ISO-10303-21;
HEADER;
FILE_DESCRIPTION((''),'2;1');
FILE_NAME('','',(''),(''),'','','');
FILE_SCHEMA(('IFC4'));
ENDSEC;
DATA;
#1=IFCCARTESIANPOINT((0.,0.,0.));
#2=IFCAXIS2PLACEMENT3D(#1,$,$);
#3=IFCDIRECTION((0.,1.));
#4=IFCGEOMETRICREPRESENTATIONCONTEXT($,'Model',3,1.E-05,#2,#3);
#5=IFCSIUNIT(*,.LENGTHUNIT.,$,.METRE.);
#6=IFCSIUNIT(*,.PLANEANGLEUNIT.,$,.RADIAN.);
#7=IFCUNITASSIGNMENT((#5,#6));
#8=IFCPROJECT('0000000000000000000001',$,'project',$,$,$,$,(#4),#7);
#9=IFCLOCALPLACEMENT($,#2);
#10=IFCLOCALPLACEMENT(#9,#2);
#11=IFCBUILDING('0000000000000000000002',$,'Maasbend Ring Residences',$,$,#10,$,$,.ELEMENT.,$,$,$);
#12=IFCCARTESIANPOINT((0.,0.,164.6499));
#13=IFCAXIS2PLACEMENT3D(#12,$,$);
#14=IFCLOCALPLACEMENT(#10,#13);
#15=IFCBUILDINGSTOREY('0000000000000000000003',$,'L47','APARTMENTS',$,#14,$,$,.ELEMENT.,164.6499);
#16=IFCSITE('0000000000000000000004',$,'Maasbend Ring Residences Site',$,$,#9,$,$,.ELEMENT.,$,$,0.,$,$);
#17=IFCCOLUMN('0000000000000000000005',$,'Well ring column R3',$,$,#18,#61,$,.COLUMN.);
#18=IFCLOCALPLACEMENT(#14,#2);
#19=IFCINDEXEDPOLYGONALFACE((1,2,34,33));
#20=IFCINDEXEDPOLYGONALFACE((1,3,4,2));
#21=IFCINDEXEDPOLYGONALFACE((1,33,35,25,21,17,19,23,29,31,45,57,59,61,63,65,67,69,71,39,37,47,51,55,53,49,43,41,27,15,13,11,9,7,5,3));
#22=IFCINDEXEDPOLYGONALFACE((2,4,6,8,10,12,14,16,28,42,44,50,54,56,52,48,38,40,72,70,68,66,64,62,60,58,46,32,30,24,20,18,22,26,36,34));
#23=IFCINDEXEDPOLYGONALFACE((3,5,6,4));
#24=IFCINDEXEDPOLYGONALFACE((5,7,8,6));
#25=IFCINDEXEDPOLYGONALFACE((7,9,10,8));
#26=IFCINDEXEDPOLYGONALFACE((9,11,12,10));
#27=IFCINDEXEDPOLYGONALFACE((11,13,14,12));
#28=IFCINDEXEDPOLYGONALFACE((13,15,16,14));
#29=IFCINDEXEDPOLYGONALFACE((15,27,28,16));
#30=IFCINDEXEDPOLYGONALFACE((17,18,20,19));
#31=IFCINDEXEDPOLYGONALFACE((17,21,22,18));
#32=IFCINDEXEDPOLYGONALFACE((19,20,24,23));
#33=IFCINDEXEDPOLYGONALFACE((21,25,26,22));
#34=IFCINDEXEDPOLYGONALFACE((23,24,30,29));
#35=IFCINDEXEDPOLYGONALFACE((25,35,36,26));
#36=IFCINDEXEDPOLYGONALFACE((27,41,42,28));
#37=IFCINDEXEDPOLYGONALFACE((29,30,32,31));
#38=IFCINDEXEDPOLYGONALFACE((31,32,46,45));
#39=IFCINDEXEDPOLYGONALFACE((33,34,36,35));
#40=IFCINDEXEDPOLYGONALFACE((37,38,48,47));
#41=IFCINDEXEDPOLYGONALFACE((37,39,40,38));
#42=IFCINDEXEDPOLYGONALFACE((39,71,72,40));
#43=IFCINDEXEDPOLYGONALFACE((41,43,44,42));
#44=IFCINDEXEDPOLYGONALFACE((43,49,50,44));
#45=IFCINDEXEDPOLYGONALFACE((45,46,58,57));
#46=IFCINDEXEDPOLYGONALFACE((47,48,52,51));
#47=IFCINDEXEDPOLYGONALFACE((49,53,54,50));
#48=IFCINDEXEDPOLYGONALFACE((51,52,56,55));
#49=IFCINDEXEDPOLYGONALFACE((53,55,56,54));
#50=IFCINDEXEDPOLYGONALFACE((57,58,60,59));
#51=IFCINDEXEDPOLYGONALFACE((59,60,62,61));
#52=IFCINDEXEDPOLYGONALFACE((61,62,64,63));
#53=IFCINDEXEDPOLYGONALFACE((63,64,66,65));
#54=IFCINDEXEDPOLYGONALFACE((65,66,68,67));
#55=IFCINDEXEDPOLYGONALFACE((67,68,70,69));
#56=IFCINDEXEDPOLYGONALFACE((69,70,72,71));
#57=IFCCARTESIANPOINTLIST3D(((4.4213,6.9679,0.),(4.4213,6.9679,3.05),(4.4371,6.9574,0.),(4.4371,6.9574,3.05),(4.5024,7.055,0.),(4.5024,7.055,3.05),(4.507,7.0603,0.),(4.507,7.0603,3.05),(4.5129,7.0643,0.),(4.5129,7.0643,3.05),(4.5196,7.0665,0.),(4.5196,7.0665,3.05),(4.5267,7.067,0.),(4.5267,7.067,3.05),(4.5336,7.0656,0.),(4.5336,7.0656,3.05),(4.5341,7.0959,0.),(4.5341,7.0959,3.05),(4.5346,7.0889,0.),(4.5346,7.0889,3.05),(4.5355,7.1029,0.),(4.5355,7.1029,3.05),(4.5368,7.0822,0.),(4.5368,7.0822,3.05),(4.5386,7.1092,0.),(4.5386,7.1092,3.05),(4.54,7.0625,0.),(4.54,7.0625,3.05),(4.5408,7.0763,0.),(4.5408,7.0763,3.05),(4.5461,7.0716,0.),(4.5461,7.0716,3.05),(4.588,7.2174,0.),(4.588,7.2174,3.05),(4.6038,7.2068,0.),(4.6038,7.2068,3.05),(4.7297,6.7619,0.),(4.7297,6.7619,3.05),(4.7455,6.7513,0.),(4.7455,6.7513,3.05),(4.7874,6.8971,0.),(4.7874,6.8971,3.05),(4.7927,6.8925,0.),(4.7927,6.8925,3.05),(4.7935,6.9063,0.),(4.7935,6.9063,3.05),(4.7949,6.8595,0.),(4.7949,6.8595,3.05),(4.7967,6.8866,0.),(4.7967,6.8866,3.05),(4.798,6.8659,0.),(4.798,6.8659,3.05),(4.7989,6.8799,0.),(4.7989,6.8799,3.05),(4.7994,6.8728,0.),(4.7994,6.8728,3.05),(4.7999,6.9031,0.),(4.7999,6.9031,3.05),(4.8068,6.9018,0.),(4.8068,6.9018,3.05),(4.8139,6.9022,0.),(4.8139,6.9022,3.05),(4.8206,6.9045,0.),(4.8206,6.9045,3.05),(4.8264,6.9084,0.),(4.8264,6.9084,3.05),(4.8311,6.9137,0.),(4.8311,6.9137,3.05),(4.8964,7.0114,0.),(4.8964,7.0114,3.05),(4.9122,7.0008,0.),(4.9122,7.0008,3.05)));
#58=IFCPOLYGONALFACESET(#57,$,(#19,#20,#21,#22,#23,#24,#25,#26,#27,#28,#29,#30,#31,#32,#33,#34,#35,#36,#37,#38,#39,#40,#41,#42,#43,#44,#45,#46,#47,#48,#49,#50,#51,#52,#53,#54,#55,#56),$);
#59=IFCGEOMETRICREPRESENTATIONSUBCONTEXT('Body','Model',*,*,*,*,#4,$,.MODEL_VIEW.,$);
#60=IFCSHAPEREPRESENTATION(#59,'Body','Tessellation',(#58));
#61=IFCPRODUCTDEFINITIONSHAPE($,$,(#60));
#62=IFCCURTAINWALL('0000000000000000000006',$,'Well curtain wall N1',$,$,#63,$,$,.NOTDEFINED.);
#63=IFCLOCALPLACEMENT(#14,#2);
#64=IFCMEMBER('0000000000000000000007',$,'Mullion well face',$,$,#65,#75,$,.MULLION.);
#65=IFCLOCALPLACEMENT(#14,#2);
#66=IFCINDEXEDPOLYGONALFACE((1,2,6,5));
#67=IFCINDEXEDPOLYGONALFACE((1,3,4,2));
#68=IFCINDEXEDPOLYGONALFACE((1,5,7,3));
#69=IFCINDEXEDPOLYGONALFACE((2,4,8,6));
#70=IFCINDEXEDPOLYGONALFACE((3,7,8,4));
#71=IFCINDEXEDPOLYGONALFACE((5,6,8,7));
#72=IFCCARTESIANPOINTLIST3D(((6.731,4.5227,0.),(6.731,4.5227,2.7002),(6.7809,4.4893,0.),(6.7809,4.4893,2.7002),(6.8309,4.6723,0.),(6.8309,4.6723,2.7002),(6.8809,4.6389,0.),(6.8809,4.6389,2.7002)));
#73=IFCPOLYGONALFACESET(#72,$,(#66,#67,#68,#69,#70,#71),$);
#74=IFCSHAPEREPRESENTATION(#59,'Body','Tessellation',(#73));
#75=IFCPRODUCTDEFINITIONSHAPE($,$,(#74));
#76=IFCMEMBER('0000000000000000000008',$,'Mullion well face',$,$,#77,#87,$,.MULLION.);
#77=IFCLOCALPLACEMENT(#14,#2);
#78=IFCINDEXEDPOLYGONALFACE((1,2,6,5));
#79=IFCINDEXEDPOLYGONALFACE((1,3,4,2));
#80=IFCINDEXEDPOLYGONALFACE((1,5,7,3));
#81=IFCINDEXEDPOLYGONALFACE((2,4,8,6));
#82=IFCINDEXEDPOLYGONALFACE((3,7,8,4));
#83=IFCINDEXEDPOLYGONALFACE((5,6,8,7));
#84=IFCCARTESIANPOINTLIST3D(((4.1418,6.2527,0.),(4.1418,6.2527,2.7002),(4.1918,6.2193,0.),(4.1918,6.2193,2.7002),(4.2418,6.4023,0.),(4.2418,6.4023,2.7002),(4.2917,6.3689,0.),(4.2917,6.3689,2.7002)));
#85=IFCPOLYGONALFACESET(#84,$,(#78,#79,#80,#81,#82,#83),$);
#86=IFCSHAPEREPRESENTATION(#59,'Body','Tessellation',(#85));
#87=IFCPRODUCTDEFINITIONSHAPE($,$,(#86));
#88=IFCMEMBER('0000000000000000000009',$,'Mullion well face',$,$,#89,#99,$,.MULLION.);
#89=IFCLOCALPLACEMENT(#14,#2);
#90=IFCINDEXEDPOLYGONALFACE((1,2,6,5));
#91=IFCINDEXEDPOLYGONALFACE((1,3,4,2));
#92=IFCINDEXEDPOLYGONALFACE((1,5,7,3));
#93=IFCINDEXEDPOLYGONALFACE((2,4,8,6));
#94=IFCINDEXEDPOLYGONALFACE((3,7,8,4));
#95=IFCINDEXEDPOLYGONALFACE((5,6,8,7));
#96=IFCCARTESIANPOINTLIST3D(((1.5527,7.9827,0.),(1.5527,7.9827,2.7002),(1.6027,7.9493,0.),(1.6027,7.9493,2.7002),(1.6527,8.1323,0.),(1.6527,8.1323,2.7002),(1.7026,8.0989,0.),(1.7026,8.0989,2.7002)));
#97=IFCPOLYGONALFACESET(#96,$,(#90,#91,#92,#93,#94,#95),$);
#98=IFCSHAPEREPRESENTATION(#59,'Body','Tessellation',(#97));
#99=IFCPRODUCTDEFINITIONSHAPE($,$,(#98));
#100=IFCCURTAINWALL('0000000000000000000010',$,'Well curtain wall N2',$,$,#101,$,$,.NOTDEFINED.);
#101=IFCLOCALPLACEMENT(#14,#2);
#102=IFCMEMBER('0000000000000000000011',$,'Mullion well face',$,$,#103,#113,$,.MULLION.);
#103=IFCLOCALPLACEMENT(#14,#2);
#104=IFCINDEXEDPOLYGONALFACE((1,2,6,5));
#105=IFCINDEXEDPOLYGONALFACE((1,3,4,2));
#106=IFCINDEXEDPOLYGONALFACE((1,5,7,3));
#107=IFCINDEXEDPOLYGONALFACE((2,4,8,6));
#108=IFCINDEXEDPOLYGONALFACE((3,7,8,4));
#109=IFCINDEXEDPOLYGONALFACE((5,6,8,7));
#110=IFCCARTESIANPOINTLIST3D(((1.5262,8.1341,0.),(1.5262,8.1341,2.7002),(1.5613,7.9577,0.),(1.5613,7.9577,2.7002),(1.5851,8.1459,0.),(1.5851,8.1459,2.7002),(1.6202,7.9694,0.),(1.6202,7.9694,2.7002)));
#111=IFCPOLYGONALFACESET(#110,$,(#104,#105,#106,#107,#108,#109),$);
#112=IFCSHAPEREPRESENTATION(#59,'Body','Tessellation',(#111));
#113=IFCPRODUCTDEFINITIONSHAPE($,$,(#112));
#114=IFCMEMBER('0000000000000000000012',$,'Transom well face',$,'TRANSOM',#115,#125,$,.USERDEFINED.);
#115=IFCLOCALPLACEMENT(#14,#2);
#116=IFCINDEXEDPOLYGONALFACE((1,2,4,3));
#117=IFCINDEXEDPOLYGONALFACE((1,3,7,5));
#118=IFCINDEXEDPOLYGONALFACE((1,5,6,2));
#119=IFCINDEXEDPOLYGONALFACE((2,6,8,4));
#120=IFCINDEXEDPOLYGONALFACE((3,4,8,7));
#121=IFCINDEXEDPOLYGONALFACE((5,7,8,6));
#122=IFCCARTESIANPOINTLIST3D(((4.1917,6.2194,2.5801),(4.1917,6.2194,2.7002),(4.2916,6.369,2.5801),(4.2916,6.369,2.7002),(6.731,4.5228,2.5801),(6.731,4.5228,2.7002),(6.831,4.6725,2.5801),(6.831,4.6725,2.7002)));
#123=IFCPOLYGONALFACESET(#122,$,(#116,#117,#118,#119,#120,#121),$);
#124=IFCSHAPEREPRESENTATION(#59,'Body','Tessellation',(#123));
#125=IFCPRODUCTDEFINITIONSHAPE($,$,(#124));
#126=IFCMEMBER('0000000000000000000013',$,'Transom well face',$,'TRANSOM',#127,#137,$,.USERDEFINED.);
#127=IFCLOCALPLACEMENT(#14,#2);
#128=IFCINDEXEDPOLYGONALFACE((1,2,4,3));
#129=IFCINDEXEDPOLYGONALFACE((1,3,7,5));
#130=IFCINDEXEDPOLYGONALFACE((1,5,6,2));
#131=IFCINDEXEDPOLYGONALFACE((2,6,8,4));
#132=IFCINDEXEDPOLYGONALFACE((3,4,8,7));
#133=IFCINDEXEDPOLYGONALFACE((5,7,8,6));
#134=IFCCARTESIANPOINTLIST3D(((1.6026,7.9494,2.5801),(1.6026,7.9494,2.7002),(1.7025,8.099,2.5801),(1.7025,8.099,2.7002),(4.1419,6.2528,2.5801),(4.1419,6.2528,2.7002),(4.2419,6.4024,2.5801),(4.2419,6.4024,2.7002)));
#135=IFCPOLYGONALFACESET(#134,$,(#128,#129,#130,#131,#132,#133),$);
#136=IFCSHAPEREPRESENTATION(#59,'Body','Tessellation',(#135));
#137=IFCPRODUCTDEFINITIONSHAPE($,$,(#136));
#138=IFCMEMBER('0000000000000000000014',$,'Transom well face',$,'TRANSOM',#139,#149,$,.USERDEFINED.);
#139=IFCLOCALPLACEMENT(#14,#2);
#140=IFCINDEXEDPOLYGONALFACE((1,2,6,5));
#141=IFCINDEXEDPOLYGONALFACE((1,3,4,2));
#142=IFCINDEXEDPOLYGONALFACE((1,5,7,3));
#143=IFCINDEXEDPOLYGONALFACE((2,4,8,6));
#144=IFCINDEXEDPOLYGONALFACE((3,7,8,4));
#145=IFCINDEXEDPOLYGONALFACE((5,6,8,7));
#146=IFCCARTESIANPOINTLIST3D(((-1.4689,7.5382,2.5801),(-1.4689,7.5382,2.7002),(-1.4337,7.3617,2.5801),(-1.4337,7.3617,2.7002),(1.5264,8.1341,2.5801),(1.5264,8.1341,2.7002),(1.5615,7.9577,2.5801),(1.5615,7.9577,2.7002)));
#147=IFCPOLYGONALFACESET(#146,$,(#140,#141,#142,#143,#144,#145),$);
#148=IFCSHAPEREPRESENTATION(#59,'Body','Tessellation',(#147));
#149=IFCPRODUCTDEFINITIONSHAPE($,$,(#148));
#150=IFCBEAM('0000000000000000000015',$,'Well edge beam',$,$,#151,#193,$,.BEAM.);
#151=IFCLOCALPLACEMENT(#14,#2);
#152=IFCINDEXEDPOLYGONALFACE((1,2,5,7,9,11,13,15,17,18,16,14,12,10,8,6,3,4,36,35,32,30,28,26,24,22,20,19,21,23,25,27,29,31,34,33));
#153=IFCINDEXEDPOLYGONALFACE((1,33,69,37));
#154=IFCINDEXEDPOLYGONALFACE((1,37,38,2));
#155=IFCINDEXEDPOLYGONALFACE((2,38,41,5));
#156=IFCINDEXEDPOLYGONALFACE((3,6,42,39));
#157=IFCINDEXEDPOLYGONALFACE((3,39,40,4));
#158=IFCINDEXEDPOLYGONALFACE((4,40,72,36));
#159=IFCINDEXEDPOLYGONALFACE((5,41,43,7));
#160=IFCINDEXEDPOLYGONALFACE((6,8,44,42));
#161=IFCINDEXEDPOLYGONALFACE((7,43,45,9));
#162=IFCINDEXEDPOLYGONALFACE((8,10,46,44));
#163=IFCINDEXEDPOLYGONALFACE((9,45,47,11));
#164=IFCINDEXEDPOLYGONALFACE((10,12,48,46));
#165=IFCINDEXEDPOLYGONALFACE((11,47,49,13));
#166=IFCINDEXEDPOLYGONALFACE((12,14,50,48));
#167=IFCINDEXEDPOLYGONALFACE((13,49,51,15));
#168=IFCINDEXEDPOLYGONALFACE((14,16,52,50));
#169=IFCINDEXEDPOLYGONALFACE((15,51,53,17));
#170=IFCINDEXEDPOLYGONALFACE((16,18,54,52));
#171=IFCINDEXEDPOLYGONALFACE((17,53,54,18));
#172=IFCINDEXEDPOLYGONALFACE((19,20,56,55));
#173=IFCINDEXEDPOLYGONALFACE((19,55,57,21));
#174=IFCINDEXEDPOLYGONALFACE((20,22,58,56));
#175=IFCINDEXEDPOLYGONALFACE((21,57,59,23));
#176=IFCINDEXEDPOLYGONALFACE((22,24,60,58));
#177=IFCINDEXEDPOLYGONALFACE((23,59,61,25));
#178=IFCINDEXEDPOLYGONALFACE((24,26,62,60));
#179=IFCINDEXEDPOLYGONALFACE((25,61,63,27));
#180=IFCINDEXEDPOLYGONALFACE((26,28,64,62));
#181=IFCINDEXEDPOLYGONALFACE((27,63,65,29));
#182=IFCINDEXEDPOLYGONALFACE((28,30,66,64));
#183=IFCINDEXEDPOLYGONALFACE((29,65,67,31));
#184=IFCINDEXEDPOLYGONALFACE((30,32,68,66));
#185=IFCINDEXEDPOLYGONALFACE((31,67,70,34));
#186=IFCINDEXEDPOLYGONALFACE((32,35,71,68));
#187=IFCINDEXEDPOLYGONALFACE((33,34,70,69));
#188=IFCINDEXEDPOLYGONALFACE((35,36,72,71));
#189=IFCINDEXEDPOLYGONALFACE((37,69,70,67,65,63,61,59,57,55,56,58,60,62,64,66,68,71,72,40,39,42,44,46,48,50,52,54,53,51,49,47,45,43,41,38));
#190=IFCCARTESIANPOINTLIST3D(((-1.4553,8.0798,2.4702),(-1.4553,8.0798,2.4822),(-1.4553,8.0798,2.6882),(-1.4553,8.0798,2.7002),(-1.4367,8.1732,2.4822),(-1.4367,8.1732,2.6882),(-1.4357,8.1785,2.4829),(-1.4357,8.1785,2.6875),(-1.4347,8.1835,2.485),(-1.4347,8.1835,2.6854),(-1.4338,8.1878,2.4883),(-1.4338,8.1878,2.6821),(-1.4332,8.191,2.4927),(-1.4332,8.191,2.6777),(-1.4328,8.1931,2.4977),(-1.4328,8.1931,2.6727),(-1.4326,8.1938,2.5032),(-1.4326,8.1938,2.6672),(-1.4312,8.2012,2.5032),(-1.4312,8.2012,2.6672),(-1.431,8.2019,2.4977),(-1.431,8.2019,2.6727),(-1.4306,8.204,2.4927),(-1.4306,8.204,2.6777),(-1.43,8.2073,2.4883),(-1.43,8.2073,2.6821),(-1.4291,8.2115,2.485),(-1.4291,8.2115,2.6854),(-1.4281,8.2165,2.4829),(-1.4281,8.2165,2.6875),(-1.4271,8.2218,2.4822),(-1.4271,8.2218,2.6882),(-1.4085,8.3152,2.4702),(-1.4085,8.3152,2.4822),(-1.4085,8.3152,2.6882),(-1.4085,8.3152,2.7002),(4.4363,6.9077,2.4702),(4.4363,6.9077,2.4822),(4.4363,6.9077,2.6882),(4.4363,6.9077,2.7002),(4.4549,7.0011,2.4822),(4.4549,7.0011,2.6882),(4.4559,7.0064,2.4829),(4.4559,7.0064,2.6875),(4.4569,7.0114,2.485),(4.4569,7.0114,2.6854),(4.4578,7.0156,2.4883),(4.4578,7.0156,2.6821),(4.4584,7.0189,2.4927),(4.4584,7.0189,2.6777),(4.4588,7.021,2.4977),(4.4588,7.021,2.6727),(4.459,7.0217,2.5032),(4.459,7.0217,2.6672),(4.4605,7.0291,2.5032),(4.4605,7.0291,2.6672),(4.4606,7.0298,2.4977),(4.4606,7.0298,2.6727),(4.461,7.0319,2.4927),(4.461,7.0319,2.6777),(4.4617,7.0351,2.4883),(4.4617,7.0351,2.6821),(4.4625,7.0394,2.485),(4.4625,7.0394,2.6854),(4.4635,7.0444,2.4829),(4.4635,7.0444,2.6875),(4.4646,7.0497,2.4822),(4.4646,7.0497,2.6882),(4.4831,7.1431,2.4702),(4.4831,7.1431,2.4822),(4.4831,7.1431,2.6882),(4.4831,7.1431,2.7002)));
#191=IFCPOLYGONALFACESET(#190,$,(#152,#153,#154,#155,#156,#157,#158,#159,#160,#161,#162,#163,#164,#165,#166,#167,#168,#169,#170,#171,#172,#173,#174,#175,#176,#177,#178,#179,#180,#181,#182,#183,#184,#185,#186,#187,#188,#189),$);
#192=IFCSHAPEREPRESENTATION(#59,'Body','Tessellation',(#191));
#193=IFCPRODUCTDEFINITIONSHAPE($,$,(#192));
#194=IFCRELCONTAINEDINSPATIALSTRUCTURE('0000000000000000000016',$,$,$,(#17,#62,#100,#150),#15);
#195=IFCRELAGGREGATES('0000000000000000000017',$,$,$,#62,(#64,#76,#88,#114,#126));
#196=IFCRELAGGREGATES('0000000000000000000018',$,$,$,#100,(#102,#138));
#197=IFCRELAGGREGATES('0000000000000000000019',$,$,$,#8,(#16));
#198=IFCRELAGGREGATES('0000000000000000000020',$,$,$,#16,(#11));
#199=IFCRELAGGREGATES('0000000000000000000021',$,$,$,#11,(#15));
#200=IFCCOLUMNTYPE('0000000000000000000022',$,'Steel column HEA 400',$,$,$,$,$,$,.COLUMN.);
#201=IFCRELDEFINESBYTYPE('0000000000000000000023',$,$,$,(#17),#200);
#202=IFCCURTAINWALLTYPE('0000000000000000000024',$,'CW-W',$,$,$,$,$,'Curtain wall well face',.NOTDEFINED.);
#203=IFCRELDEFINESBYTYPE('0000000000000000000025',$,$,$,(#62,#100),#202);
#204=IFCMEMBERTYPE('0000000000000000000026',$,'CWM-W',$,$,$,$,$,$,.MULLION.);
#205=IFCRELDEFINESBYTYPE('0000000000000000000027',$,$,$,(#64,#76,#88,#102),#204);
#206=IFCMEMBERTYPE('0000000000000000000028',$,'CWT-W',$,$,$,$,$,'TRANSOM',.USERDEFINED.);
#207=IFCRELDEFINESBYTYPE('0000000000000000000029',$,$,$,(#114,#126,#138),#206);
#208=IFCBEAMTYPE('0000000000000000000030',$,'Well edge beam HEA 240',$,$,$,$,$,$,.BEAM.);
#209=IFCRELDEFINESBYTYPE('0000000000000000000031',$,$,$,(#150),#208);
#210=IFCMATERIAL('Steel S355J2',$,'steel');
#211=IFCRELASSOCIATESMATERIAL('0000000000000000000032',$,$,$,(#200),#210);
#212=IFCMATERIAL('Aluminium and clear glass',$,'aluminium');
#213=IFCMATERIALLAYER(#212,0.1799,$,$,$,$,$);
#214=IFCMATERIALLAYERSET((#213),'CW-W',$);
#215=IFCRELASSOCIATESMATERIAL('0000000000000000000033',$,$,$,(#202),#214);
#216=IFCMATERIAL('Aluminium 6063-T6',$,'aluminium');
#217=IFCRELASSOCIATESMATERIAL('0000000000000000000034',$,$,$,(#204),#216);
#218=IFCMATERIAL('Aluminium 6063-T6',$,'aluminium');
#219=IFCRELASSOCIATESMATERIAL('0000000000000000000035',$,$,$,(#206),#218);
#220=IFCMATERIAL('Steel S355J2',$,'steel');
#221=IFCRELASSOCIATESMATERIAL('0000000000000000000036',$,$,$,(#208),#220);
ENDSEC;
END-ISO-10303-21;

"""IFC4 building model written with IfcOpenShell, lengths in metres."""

from ifc_helpers import new_model, si_unit, direction, frame, origin, origin_2d, place, context, subcontext, project, spatial, rectangle, i_section, extrude, material, layer, layer_set, material_profile, profile_set, type_object, element, aggregate, save


model = new_model("IFC4")

# Units and contexts
model_context = context("Model", 3, precision=1e-05, world=origin(), true_north=direction((0.0, 1.0)))
body_context = subcontext(model_context, "Body", "Model", "MODEL_VIEW")
ifc_project = project(units=[si_unit("LENGTHUNIT", "METRE"), si_unit("PLANEANGLEUNIT", "RADIAN")], contexts=[model_context])

# Site, building, storey
site_placement = place(None, origin())
site = spatial("IfcSite", under=ifc_project, at=site_placement, Name="Maasbend Ring Residences Site", CompositionType="ELEMENT", RefElevation=0.0)
building_placement = place(site_placement, origin())
building = spatial("IfcBuilding", under=site, at=building_placement, Name="Maasbend Ring Residences", CompositionType="ELEMENT")
storey_placement = place(building_placement, frame((0.0, 0.0, 164.6499)))
storey = spatial("IfcBuildingStorey", under=building, at=storey_placement, Name="L47", Description="APARTMENTS", CompositionType="ELEMENT", Elevation=164.6499)

# Column
ifc_material_1 = material(Name="Steel S355J2", Category="steel")
ifc_material_profile_1 = material_profile(ifc_material_1, i_section(OverallWidth=0.3, OverallDepth=0.3899, WebThickness=0.011, FlangeThickness=0.019, FilletRadius=0.0271, at=origin_2d()), Name="HEA 400")
ifc_profile_set_1 = profile_set([ifc_material_profile_1], Name="Steel S355J2")
column_type = type_object("IfcColumnType", Name="Steel column HEA 400", PredefinedType="COLUMN", material=ifc_profile_set_1)
column_placement = place(storey_placement, frame((4.6667, 6.9844, 0.0), z_axis=(0.0, 0.0, 1.0), x_axis=(0.55557, 0.83147, 0.0)))
element("IfcColumn", 1, at=column_placement, inside=storey, type_object=column_type, Name="Well ring column R3", PredefinedType="COLUMN", context=body_context, shape_type="SweptSolid", body=[
    extrude(i_section(OverallWidth=0.3, OverallDepth=0.3899, WebThickness=0.011, FlangeThickness=0.019, FilletRadius=0.0271, at=origin_2d()), origin(), (0.0, 0.0, 1.0), 3.05),
])

# Curtain wall, members
ifc_material_2 = material(Name="Aluminium and clear glass", Category="aluminium")
ifc_layer_1 = layer(ifc_material_2, 0.1799)
ifc_layer_set_1 = layer_set([ifc_layer_1], Name="CW-W")
curtain_wall_type = type_object("IfcCurtainWallType", Name="CW-W", ElementType="Curtain wall well face", PredefinedType="NOTDEFINED", material=ifc_layer_set_1)
curtain_wall_1_placement = place(storey_placement, origin())
curtain_wall_1 = element("IfcCurtainWall", 2, at=curtain_wall_1_placement, inside=storey, type_object=curtain_wall_type, Name="Well curtain wall N1", PredefinedType="NOTDEFINED")
ifc_material_3 = material(Name="Aluminium 6063-T6", Category="aluminium")
ifc_material_profile_2 = material_profile(ifc_material_3, rectangle(XDim=0.1799, YDim=0.0601, at=origin_2d()), Name="AL 180x60")
ifc_profile_set_2 = profile_set([ifc_material_profile_2], Name="Aluminium 6063-T6")
member_type_1 = type_object("IfcMemberType", Name="CWM-W", PredefinedType="MULLION", material=ifc_profile_set_2)
member_1_placement = place(storey_placement, frame((6.8059, 4.5808, 0.0), z_axis=(0.0, 0.0, 1.0), x_axis=(-0.55557, -0.83147, 0.0)))
member_1 = element("IfcMember", 3, at=member_1_placement, type_object=member_type_1, Name="Mullion well face", PredefinedType="MULLION", context=body_context, shape_type="SweptSolid", body=[
    extrude(rectangle(XDim=0.1799, YDim=0.0601, at=origin_2d()), origin(), (0.0, 0.0, 1.0), 2.7002),
])
member_2_placement = place(storey_placement, frame((4.2168, 6.3108, 0.0), z_axis=(0.0, 0.0, 1.0), x_axis=(-0.55557, -0.83147, 0.0)))
member_2 = element("IfcMember", 4, at=member_2_placement, type_object=member_type_1, Name="Mullion well face", PredefinedType="MULLION", context=body_context, shape_type="SweptSolid", body=[
    extrude(rectangle(XDim=0.1799, YDim=0.0601, at=origin_2d()), origin(), (0.0, 0.0, 1.0), 2.7002),
])
member_3_placement = place(storey_placement, frame((1.6277, 8.0408, 0.0), z_axis=(0.0, 0.0, 1.0), x_axis=(-0.55557, -0.83147, 0.0)))
member_3 = element("IfcMember", 5, at=member_3_placement, type_object=member_type_1, Name="Mullion well face", PredefinedType="MULLION", context=body_context, shape_type="SweptSolid", body=[
    extrude(rectangle(XDim=0.1799, YDim=0.0601, at=origin_2d()), origin(), (0.0, 0.0, 1.0), 2.7002),
])

# Curtain wall, member
curtain_wall_2_placement = place(storey_placement, origin())
curtain_wall_2 = element("IfcCurtainWall", 6, at=curtain_wall_2_placement, inside=storey, type_object=curtain_wall_type, Name="Well curtain wall N2", PredefinedType="NOTDEFINED")
member_4_placement = place(storey_placement, frame((1.5732, 8.0518, 0.0), z_axis=(0.0, 0.0, 1.0), x_axis=(0.19509, -0.980785, 0.0)))
member_4 = element("IfcMember", 7, at=member_4_placement, type_object=member_type_1, Name="Mullion well face", PredefinedType="MULLION", context=body_context, shape_type="SweptSolid", body=[
    extrude(rectangle(XDim=0.1799, YDim=0.0601, at=origin_2d()), origin(), (0.0, 0.0, 1.0), 2.7002),
])

# Members
ifc_material_4 = material(Name="Aluminium 6063-T6", Category="aluminium")
ifc_material_profile_3 = material_profile(ifc_material_4, rectangle(XDim=0.1799, YDim=0.1201, at=origin_2d()), Name="AL 180x120")
ifc_profile_set_3 = profile_set([ifc_material_profile_3], Name="Aluminium 6063-T6")
member_type_2 = type_object("IfcMemberType", Name="CWT-W", ElementType="TRANSOM", PredefinedType="USERDEFINED", material=ifc_profile_set_3)
member_5_placement = place(storey_placement, frame((6.781, 4.5977, 2.6401), z_axis=(-0.831496, 0.55553, 0.0), x_axis=(-0.55553, -0.831496, 0.0)))
member_5 = element("IfcMember", 8, at=member_5_placement, type_object=member_type_2, Name="Transom well face", ObjectType="TRANSOM", PredefinedType="USERDEFINED", context=body_context, shape_type="SweptSolid", body=[
    extrude(rectangle(XDim=0.1799, YDim=0.1201, at=origin_2d()), origin(), (0.0, 0.0, 1.0), 3.054),
])
member_6_placement = place(storey_placement, frame((4.1919, 6.3276, 2.6401), z_axis=(-0.831496, 0.55553, 0.0), x_axis=(-0.55553, -0.831496, 0.0)))
member_6 = element("IfcMember", 9, at=member_6_placement, type_object=member_type_2, Name="Transom well face", ObjectType="TRANSOM", PredefinedType="USERDEFINED", context=body_context, shape_type="SweptSolid", body=[
    extrude(rectangle(XDim=0.1799, YDim=0.1201, at=origin_2d()), origin(), (0.0, 0.0, 1.0), 3.054),
])
member_7_placement = place(storey_placement, frame((1.5439, 8.0459, 2.6401), z_axis=(-0.980777, -0.195132, 0.0), x_axis=(0.195132, -0.980777, 0.0)))
member_7 = element("IfcMember", 10, at=member_7_placement, type_object=member_type_2, Name="Transom well face", ObjectType="TRANSOM", PredefinedType="USERDEFINED", context=body_context, shape_type="SweptSolid", body=[
    extrude(rectangle(XDim=0.1799, YDim=0.1201, at=origin_2d()), origin(), (0.0, 0.0, 1.0), 3.054),
])

# Beam
ifc_material_5 = material(Name="Steel S355J2", Category="steel")
ifc_material_profile_4 = material_profile(ifc_material_5, i_section(OverallWidth=0.24, OverallDepth=0.23, WebThickness=0.0076, FlangeThickness=0.012, FilletRadius=0.021, at=origin_2d()), Name="HEA 240")
ifc_profile_set_4 = profile_set([ifc_material_profile_4], Name="Steel S355J2")
beam_type = type_object("IfcBeamType", Name="Well edge beam HEA 240", PredefinedType="BEAM", material=ifc_profile_set_4)
beam_placement = place(storey_placement, frame((4.4597, 7.0254, 2.5852), z_axis=(-0.980779, 0.195123, 0.0), x_axis=(-0.195123, -0.980779, 0.0)))
element("IfcBeam", 11, at=beam_placement, inside=storey, type_object=beam_type, Name="Well edge beam", PredefinedType="BEAM", context=body_context, shape_type="SweptSolid", body=[
    extrude(i_section(OverallWidth=0.24, OverallDepth=0.23, WebThickness=0.0076, FlangeThickness=0.012, FilletRadius=0.021, at=origin_2d()), origin(), (0.0, 0.0, 1.0), 6.0071),
])

aggregate(curtain_wall_1, [member_1, member_2, member_3, member_5, member_6])
aggregate(curtain_wall_2, [member_4, member_7])

save(model, "model.ifc")
